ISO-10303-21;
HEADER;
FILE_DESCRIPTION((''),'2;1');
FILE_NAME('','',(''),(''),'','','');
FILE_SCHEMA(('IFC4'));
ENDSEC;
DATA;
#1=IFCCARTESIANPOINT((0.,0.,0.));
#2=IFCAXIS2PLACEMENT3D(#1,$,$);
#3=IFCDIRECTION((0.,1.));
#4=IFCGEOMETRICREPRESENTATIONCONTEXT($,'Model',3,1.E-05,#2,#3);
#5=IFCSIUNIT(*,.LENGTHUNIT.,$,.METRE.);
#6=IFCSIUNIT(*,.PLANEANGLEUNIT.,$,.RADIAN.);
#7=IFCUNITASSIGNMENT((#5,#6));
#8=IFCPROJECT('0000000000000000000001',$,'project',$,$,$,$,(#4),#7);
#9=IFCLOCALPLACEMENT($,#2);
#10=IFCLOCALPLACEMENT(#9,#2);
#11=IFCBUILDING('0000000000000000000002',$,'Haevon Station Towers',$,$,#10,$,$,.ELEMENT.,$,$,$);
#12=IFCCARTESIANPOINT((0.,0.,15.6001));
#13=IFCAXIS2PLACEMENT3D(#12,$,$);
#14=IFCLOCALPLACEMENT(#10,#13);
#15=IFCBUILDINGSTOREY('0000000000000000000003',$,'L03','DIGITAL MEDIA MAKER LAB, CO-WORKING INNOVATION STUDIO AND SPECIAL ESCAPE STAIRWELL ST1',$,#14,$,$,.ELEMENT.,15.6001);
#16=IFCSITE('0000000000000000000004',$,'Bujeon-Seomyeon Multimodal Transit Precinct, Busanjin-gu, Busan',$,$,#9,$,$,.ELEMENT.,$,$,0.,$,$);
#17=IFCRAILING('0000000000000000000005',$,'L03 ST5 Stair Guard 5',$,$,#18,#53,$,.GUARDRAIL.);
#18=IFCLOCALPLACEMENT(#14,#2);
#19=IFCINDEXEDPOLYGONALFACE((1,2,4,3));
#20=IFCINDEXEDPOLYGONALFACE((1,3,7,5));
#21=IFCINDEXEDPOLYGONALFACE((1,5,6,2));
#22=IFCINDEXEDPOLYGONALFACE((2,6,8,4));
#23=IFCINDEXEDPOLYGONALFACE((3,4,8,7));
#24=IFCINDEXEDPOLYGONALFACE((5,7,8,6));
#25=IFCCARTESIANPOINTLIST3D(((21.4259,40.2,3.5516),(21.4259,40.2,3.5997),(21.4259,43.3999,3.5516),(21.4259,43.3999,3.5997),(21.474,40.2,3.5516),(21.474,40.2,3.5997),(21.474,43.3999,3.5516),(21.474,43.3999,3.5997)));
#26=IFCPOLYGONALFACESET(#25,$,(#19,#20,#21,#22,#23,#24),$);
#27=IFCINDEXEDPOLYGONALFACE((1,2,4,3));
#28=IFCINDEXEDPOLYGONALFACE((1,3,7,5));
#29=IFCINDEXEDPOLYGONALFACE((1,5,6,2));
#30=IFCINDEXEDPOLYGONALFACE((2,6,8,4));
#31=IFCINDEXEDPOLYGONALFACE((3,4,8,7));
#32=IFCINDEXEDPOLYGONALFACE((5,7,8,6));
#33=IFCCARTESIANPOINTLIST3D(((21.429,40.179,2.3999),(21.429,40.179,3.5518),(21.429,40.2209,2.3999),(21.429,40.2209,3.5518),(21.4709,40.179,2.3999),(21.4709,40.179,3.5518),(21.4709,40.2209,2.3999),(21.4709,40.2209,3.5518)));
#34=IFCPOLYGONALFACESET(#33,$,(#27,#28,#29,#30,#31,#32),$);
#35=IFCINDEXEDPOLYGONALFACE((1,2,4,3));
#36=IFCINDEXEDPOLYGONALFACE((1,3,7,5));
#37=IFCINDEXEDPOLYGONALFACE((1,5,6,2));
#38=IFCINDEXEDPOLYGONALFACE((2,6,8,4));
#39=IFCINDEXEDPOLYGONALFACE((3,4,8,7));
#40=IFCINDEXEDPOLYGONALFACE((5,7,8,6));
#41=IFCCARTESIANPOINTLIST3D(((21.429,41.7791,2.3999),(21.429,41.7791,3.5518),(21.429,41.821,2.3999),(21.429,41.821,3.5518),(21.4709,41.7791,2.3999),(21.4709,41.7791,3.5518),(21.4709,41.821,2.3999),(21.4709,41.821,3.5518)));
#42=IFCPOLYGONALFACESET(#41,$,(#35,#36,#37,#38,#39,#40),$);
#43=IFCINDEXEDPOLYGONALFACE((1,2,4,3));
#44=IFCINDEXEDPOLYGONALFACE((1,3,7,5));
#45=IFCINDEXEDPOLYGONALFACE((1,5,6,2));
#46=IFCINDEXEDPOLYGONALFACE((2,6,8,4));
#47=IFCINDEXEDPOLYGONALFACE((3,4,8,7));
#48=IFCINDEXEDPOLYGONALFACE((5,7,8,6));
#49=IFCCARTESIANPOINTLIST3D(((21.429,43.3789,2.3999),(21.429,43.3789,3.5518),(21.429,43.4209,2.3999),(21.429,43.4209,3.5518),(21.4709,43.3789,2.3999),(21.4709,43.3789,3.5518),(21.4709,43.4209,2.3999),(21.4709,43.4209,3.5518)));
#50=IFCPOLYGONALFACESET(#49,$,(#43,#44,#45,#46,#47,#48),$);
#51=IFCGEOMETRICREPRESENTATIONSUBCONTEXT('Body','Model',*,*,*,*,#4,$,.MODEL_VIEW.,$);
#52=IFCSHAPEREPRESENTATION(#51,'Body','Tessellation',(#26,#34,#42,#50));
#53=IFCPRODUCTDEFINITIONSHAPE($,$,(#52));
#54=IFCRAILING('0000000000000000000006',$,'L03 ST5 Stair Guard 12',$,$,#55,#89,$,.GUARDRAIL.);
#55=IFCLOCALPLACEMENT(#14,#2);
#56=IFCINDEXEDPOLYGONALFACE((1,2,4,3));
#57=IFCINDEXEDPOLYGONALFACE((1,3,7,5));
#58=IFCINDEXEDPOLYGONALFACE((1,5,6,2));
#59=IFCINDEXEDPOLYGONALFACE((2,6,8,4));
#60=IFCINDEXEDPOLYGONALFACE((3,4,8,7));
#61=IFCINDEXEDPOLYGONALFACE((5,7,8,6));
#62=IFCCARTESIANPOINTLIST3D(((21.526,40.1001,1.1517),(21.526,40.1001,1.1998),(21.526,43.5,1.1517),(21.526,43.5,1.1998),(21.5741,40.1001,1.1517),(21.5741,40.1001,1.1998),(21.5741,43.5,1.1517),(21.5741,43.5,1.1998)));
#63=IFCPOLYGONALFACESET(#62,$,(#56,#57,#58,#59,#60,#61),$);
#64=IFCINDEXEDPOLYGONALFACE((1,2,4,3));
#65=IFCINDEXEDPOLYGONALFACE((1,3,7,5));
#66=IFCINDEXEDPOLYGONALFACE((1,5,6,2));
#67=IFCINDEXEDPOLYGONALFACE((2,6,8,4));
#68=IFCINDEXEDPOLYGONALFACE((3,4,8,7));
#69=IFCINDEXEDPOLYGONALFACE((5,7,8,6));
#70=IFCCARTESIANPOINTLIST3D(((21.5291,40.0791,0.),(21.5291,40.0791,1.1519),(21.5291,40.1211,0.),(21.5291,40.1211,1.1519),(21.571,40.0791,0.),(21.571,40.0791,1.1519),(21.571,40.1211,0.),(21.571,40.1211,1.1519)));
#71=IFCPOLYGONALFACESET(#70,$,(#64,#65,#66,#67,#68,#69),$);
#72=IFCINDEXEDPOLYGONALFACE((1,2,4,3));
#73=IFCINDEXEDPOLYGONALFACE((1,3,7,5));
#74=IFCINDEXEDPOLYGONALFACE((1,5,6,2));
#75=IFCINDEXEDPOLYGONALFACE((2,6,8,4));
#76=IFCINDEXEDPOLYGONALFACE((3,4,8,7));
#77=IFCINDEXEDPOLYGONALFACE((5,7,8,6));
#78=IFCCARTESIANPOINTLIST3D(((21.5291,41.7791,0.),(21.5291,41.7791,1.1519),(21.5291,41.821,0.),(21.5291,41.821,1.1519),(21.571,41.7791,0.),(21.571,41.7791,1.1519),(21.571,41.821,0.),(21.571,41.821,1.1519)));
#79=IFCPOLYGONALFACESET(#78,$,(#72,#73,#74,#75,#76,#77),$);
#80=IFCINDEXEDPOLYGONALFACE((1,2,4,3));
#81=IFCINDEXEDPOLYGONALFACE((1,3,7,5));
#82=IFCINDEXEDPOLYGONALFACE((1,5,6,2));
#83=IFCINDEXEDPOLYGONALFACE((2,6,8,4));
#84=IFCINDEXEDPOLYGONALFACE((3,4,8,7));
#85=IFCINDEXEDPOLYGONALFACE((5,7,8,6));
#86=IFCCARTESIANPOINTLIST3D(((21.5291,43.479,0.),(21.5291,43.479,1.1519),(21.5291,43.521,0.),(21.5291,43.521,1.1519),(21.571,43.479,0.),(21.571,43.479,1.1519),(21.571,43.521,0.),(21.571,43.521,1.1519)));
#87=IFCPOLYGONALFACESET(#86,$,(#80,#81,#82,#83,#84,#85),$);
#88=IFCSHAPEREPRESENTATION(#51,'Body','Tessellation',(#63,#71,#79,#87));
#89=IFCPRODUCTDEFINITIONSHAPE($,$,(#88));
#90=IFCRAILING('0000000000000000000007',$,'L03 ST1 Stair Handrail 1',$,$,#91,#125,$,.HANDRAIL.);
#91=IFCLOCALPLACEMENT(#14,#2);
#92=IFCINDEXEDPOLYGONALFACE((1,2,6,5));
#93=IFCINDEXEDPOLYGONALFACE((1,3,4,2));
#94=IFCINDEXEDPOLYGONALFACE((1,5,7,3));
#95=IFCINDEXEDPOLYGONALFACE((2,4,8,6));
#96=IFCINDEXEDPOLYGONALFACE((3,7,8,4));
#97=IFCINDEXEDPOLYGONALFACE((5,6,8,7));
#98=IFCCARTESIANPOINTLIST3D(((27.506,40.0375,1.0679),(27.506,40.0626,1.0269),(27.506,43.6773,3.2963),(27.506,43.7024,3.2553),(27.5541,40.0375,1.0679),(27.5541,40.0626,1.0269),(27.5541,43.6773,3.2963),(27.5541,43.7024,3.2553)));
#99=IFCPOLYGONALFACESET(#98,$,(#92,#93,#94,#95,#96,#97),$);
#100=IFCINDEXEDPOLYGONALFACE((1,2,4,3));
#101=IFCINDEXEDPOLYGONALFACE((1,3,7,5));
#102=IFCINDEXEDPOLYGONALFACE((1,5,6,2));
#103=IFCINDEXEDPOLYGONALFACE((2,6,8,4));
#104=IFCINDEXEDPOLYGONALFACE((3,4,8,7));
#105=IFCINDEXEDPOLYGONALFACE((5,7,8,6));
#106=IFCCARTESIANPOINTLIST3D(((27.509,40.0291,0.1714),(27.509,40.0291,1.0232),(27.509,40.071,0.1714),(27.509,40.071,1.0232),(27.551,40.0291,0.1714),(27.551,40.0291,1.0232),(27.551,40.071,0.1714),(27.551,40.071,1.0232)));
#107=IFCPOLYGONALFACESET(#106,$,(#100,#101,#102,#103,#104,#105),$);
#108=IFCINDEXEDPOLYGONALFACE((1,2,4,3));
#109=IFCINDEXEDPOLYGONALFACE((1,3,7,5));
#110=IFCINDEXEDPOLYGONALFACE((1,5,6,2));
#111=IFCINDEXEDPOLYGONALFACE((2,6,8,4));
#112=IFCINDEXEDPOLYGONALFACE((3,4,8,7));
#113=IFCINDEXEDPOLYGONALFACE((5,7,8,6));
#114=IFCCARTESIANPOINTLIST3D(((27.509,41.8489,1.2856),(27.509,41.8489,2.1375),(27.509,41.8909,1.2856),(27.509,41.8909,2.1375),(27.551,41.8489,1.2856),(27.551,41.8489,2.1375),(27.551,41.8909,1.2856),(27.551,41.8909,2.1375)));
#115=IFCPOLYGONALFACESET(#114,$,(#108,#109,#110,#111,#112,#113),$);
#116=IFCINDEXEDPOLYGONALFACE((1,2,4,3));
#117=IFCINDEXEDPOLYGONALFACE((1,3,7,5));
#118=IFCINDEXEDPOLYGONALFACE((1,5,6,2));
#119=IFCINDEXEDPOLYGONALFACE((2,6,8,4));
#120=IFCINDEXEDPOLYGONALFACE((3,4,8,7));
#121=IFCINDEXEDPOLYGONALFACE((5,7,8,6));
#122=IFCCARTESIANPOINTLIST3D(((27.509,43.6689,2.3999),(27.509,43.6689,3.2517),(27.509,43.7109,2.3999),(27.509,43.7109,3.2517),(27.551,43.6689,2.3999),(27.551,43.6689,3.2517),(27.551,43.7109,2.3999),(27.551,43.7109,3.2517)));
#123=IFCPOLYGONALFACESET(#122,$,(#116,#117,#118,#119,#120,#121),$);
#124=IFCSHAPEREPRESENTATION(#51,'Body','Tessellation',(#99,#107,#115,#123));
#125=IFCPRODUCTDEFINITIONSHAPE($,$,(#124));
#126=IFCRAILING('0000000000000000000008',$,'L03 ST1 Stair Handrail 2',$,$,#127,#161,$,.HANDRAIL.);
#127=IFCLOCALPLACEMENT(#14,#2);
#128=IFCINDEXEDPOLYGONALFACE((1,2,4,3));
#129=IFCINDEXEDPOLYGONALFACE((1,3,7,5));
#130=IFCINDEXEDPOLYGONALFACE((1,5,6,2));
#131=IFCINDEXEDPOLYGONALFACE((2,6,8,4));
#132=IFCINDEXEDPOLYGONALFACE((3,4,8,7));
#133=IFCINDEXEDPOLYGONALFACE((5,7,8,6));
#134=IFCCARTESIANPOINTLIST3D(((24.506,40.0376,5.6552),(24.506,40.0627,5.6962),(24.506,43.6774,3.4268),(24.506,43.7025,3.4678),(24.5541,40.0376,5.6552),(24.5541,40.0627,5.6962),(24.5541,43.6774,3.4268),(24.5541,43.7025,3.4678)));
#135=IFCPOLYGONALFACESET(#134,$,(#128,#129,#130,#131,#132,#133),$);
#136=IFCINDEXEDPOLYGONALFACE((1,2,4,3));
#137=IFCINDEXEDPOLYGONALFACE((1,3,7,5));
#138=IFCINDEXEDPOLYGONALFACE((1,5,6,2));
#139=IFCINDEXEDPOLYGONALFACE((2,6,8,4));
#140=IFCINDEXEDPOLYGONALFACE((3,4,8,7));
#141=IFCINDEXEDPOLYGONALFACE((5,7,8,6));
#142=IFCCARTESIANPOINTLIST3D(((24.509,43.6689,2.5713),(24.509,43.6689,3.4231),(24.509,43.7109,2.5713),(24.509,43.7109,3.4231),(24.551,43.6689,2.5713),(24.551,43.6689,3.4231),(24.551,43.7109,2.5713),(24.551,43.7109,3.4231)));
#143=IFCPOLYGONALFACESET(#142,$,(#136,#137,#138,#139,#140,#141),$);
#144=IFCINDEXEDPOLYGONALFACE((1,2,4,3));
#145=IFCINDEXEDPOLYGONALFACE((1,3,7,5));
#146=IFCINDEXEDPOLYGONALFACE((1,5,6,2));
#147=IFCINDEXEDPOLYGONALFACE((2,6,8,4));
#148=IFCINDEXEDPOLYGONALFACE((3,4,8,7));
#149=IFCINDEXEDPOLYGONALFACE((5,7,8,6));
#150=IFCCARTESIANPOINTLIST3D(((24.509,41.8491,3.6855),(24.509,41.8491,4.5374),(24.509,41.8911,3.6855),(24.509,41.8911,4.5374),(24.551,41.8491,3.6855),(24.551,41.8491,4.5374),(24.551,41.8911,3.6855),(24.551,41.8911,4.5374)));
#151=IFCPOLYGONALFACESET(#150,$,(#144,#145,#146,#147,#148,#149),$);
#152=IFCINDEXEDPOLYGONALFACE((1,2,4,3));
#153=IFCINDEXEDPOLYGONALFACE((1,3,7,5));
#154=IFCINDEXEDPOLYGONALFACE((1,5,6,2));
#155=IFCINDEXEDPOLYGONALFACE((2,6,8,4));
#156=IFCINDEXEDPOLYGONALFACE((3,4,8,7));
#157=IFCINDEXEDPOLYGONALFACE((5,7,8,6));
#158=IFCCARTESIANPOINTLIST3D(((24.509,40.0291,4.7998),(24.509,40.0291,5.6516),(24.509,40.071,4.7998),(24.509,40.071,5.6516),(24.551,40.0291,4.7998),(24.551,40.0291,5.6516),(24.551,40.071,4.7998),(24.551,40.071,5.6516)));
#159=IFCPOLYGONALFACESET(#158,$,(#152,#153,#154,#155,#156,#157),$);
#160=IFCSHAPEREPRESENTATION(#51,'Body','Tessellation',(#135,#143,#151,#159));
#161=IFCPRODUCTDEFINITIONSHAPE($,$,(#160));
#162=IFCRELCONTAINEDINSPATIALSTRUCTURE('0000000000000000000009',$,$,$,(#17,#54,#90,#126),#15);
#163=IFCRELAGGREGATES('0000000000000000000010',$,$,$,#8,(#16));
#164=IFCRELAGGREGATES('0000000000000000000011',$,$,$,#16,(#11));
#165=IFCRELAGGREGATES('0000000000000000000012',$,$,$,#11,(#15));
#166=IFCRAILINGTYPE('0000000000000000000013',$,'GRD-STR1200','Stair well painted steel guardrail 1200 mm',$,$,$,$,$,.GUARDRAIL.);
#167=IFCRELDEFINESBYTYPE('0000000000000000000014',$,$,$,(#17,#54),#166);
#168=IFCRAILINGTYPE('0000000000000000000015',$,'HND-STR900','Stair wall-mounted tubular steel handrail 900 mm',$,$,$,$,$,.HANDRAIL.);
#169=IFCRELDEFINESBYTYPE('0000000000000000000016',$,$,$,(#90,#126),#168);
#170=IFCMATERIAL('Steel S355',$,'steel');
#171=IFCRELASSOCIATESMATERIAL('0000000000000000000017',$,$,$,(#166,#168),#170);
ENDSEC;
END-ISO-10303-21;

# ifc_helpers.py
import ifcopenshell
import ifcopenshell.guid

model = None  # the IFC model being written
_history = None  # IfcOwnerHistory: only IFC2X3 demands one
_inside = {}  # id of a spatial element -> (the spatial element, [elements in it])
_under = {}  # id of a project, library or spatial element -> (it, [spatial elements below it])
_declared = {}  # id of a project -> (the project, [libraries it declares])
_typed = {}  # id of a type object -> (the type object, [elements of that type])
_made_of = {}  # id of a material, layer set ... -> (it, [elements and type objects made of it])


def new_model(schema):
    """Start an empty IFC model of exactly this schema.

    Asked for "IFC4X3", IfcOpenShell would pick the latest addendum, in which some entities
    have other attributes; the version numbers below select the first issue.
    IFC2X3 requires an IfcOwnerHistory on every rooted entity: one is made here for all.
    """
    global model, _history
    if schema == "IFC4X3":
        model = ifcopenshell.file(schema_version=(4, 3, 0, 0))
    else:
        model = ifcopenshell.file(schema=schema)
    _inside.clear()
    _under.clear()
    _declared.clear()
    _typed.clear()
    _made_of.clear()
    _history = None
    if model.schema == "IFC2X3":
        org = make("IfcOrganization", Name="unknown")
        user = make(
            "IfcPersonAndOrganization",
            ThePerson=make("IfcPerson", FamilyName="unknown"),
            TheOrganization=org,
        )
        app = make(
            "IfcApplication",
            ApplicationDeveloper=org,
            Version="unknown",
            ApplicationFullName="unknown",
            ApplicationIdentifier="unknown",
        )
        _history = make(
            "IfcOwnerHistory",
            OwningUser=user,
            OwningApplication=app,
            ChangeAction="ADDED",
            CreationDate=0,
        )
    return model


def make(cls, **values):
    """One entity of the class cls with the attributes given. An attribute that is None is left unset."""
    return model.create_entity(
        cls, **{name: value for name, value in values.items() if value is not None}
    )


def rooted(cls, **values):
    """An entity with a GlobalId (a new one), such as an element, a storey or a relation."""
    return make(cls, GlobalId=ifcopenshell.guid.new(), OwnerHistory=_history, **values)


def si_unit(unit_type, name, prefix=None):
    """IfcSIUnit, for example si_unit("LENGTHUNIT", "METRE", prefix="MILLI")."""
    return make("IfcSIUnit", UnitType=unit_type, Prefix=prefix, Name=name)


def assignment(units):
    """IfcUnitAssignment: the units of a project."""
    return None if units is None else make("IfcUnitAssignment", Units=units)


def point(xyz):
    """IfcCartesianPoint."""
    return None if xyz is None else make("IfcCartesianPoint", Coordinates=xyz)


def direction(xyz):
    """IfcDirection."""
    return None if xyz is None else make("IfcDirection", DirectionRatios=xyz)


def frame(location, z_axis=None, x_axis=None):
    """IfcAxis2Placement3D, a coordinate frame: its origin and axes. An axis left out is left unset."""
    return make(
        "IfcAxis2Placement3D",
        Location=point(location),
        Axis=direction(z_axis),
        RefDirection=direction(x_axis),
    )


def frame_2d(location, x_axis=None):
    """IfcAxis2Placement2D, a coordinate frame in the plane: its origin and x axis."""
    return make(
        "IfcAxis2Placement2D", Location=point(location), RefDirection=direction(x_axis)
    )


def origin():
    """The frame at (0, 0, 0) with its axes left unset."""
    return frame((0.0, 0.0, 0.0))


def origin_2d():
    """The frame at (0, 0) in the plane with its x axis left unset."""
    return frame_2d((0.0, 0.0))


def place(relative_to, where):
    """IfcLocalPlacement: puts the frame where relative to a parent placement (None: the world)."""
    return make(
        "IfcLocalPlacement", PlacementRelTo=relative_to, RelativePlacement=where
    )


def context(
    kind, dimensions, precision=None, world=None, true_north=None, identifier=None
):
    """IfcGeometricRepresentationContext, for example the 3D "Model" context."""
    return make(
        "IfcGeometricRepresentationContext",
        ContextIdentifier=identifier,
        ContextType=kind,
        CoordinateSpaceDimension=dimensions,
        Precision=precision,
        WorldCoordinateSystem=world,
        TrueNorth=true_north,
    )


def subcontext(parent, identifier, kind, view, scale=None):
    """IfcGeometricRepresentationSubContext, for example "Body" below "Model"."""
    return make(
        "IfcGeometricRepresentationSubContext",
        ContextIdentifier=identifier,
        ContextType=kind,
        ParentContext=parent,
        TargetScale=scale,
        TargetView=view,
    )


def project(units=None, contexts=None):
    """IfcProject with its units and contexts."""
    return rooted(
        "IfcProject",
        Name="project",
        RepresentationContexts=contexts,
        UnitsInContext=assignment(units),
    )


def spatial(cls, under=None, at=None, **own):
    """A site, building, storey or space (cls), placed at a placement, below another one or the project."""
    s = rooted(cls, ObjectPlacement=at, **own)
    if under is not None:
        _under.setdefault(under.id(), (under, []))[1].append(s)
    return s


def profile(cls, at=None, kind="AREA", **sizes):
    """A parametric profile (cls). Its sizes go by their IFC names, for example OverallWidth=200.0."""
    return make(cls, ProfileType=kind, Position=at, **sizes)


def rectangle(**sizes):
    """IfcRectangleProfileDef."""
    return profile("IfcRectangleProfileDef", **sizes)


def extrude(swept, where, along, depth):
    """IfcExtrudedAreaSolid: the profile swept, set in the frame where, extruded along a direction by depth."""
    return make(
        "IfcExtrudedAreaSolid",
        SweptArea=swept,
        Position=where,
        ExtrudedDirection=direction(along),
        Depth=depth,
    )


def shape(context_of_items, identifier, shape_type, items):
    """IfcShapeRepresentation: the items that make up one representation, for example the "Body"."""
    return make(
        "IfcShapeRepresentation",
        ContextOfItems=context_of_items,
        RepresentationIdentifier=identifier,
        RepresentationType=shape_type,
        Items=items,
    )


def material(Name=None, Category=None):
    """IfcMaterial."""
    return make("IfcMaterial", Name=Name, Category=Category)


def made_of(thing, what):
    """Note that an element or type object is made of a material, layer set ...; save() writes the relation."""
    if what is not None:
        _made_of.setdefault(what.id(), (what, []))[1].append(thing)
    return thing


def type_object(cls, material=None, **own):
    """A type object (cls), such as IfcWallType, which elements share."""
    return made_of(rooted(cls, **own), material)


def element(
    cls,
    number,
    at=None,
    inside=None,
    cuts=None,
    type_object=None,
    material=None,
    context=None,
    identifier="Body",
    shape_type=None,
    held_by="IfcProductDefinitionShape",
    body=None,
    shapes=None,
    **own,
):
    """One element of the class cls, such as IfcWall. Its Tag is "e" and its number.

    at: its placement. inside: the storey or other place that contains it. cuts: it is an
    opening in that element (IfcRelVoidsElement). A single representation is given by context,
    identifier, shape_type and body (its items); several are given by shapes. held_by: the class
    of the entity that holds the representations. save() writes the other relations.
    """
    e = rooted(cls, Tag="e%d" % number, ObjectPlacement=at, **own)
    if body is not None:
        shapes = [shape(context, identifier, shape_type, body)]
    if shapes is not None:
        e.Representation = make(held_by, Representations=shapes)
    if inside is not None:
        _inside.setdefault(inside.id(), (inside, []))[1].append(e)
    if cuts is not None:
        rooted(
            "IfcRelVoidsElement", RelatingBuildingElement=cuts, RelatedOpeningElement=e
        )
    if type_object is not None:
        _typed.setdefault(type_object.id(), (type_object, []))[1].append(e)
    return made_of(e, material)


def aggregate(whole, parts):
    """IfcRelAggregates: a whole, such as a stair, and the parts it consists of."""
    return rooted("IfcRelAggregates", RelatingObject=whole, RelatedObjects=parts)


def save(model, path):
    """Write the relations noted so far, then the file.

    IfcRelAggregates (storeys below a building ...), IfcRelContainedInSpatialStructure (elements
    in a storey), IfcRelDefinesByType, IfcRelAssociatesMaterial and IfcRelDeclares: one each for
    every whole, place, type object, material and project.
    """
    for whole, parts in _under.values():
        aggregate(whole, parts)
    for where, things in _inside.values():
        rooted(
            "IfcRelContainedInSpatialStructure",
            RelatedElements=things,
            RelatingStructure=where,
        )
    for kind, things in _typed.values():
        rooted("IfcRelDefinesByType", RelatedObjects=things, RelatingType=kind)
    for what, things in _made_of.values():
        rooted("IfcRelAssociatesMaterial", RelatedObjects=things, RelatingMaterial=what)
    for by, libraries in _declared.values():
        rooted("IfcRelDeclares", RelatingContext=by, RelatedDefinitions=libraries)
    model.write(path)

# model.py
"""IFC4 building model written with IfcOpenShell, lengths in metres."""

from ifc_helpers import new_model, si_unit, direction, frame, origin, origin_2d, place, context, subcontext, project, spatial, rectangle, extrude, material, type_object, element, save


model = new_model("IFC4")

# Units and contexts
model_context = context("Model", 3, precision=1e-05, world=origin(), true_north=direction((0.0, 1.0)))
body_context = subcontext(model_context, "Body", "Model", "MODEL_VIEW")
ifc_project = project(units=[si_unit("LENGTHUNIT", "METRE"), si_unit("PLANEANGLEUNIT", "RADIAN")], contexts=[model_context])

# Site, building, storey
site_placement = place(None, origin())
site = spatial("IfcSite", under=ifc_project, at=site_placement, Name="Bujeon-Seomyeon Multimodal Transit Precinct, Busanjin-gu, Busan", CompositionType="ELEMENT", RefElevation=0.0)
building_placement = place(site_placement, origin())
building = spatial("IfcBuilding", under=site, at=building_placement, Name="Haevon Station Towers", CompositionType="ELEMENT")
storey_placement = place(building_placement, frame((0.0, 0.0, 15.6001)))
storey = spatial("IfcBuildingStorey", under=building, at=storey_placement, Name="L03", Description="DIGITAL MEDIA MAKER LAB, CO-WORKING INNOVATION STUDIO AND SPECIAL ESCAPE STAIRWELL ST1", CompositionType="ELEMENT", Elevation=15.6001)

# Shared definitions
ifc_material_1 = material(Name="Steel S355", Category="steel")

# Railings
railing_type_1 = type_object("IfcRailingType", Name="GRD-STR1200", Description="Stair well painted steel guardrail 1200 mm", PredefinedType="GUARDRAIL", material=ifc_material_1)
railing_1_placement = place(storey_placement, frame((21.45, 40.2, 2.3999)))
element("IfcRailing", 1, at=railing_1_placement, inside=storey, type_object=railing_type_1, Name="L03 ST5 Stair Guard 5", PredefinedType="GUARDRAIL", context=body_context, shape_type="SweptSolid", body=[
    extrude(rectangle(XDim=0.0481, YDim=0.0481, at=origin_2d()), frame((0.0, 0.0, 1.1758), z_axis=(0.0, 1.0, 0.0), x_axis=(-1.0, 0.0, 0.0)), (0.0, 0.0, 1.0), 3.2),
    extrude(rectangle(XDim=0.042, YDim=0.042, at=origin_2d()), origin(), (0.0, 0.0, 1.0), 1.1519),
    extrude(rectangle(XDim=0.042, YDim=0.042, at=origin_2d()), frame((0.0, 1.6001, 0.0)), (0.0, 0.0, 1.0), 1.1519),
    extrude(rectangle(XDim=0.042, YDim=0.042, at=origin_2d()), frame((0.0, 3.2, 0.0)), (0.0, 0.0, 1.0), 1.1519),
])
railing_2_placement = place(storey_placement, frame((21.55, 40.1001, 0.0)))
element("IfcRailing", 2, at=railing_2_placement, inside=storey, type_object=railing_type_1, Name="L03 ST5 Stair Guard 12", PredefinedType="GUARDRAIL", context=body_context, shape_type="SweptSolid", body=[
    extrude(rectangle(XDim=0.0481, YDim=0.0481, at=origin_2d()), frame((0.0, 0.0, 1.1758), z_axis=(0.0, 1.0, 0.0), x_axis=(-1.0, 0.0, 0.0)), (0.0, 0.0, 1.0), 3.3999),
    extrude(rectangle(XDim=0.042, YDim=0.042, at=origin_2d()), origin(), (0.0, 0.0, 1.0), 1.1519),
    extrude(rectangle(XDim=0.042, YDim=0.042, at=origin_2d()), frame((0.0, 1.7, 0.0)), (0.0, 0.0, 1.0), 1.1519),
    extrude(rectangle(XDim=0.042, YDim=0.042, at=origin_2d()), frame((0.0, 3.3999, 0.0)), (0.0, 0.0, 1.0), 1.1519),
])
railing_type_2 = type_object("IfcRailingType", Name="HND-STR900", Description="Stair wall-mounted tubular steel handrail 900 mm", PredefinedType="HANDRAIL", material=ifc_material_1)
railing_3_placement = place(storey_placement, frame((27.53, 40.05, 0.1714)))
element("IfcRailing", 3, at=railing_3_placement, inside=storey, type_object=railing_type_2, Name="L03 ST1 Stair Handrail 1", PredefinedType="HANDRAIL", context=body_context, shape_type="SweptSolid", body=[
    extrude(rectangle(XDim=0.0481, YDim=0.0481, at=origin_2d()), frame((0.0, 0.0, 0.876), z_axis=(0.0, 0.85285, 0.522156), x_axis=(-1.0, 0.0, 0.0)), (0.0, 0.0, 1.0), 4.2678),
    extrude(rectangle(XDim=0.042, YDim=0.042, at=origin_2d()), origin(), (0.0, 0.0, 1.0), 0.8518),
    extrude(rectangle(XDim=0.042, YDim=0.042, at=origin_2d()), frame((0.0, 1.8198, 1.1143)), (0.0, 0.0, 1.0), 0.8518),
    extrude(rectangle(XDim=0.042, YDim=0.042, at=origin_2d()), frame((0.0, 3.6399, 2.2285)), (0.0, 0.0, 1.0), 0.8518),
])
railing_4_placement = place(storey_placement, frame((24.53, 43.6899, 2.5713)))
element("IfcRailing", 4, at=railing_4_placement, inside=storey, type_object=railing_type_2, Name="L03 ST1 Stair Handrail 2", PredefinedType="HANDRAIL", context=body_context, shape_type="SweptSolid", body=[
    extrude(rectangle(XDim=0.0481, YDim=0.0481, at=origin_2d()), frame((0.0, 0.0, 0.876), z_axis=(0.0, -0.85285, 0.522156), x_axis=(1.0, 0.0, 0.0)), (0.0, 0.0, 1.0), 4.2678),
    extrude(rectangle(XDim=0.042, YDim=0.042, at=origin_2d()), origin(), (0.0, 0.0, 1.0), 0.8518),
    extrude(rectangle(XDim=0.042, YDim=0.042, at=origin_2d()), frame((0.0, -1.8198, 1.1143)), (0.0, 0.0, 1.0), 0.8518),
    extrude(rectangle(XDim=0.042, YDim=0.042, at=origin_2d()), frame((0.0, -3.6399, 2.2285)), (0.0, 0.0, 1.0), 0.8518),
])

save(model, "model.ifc")
